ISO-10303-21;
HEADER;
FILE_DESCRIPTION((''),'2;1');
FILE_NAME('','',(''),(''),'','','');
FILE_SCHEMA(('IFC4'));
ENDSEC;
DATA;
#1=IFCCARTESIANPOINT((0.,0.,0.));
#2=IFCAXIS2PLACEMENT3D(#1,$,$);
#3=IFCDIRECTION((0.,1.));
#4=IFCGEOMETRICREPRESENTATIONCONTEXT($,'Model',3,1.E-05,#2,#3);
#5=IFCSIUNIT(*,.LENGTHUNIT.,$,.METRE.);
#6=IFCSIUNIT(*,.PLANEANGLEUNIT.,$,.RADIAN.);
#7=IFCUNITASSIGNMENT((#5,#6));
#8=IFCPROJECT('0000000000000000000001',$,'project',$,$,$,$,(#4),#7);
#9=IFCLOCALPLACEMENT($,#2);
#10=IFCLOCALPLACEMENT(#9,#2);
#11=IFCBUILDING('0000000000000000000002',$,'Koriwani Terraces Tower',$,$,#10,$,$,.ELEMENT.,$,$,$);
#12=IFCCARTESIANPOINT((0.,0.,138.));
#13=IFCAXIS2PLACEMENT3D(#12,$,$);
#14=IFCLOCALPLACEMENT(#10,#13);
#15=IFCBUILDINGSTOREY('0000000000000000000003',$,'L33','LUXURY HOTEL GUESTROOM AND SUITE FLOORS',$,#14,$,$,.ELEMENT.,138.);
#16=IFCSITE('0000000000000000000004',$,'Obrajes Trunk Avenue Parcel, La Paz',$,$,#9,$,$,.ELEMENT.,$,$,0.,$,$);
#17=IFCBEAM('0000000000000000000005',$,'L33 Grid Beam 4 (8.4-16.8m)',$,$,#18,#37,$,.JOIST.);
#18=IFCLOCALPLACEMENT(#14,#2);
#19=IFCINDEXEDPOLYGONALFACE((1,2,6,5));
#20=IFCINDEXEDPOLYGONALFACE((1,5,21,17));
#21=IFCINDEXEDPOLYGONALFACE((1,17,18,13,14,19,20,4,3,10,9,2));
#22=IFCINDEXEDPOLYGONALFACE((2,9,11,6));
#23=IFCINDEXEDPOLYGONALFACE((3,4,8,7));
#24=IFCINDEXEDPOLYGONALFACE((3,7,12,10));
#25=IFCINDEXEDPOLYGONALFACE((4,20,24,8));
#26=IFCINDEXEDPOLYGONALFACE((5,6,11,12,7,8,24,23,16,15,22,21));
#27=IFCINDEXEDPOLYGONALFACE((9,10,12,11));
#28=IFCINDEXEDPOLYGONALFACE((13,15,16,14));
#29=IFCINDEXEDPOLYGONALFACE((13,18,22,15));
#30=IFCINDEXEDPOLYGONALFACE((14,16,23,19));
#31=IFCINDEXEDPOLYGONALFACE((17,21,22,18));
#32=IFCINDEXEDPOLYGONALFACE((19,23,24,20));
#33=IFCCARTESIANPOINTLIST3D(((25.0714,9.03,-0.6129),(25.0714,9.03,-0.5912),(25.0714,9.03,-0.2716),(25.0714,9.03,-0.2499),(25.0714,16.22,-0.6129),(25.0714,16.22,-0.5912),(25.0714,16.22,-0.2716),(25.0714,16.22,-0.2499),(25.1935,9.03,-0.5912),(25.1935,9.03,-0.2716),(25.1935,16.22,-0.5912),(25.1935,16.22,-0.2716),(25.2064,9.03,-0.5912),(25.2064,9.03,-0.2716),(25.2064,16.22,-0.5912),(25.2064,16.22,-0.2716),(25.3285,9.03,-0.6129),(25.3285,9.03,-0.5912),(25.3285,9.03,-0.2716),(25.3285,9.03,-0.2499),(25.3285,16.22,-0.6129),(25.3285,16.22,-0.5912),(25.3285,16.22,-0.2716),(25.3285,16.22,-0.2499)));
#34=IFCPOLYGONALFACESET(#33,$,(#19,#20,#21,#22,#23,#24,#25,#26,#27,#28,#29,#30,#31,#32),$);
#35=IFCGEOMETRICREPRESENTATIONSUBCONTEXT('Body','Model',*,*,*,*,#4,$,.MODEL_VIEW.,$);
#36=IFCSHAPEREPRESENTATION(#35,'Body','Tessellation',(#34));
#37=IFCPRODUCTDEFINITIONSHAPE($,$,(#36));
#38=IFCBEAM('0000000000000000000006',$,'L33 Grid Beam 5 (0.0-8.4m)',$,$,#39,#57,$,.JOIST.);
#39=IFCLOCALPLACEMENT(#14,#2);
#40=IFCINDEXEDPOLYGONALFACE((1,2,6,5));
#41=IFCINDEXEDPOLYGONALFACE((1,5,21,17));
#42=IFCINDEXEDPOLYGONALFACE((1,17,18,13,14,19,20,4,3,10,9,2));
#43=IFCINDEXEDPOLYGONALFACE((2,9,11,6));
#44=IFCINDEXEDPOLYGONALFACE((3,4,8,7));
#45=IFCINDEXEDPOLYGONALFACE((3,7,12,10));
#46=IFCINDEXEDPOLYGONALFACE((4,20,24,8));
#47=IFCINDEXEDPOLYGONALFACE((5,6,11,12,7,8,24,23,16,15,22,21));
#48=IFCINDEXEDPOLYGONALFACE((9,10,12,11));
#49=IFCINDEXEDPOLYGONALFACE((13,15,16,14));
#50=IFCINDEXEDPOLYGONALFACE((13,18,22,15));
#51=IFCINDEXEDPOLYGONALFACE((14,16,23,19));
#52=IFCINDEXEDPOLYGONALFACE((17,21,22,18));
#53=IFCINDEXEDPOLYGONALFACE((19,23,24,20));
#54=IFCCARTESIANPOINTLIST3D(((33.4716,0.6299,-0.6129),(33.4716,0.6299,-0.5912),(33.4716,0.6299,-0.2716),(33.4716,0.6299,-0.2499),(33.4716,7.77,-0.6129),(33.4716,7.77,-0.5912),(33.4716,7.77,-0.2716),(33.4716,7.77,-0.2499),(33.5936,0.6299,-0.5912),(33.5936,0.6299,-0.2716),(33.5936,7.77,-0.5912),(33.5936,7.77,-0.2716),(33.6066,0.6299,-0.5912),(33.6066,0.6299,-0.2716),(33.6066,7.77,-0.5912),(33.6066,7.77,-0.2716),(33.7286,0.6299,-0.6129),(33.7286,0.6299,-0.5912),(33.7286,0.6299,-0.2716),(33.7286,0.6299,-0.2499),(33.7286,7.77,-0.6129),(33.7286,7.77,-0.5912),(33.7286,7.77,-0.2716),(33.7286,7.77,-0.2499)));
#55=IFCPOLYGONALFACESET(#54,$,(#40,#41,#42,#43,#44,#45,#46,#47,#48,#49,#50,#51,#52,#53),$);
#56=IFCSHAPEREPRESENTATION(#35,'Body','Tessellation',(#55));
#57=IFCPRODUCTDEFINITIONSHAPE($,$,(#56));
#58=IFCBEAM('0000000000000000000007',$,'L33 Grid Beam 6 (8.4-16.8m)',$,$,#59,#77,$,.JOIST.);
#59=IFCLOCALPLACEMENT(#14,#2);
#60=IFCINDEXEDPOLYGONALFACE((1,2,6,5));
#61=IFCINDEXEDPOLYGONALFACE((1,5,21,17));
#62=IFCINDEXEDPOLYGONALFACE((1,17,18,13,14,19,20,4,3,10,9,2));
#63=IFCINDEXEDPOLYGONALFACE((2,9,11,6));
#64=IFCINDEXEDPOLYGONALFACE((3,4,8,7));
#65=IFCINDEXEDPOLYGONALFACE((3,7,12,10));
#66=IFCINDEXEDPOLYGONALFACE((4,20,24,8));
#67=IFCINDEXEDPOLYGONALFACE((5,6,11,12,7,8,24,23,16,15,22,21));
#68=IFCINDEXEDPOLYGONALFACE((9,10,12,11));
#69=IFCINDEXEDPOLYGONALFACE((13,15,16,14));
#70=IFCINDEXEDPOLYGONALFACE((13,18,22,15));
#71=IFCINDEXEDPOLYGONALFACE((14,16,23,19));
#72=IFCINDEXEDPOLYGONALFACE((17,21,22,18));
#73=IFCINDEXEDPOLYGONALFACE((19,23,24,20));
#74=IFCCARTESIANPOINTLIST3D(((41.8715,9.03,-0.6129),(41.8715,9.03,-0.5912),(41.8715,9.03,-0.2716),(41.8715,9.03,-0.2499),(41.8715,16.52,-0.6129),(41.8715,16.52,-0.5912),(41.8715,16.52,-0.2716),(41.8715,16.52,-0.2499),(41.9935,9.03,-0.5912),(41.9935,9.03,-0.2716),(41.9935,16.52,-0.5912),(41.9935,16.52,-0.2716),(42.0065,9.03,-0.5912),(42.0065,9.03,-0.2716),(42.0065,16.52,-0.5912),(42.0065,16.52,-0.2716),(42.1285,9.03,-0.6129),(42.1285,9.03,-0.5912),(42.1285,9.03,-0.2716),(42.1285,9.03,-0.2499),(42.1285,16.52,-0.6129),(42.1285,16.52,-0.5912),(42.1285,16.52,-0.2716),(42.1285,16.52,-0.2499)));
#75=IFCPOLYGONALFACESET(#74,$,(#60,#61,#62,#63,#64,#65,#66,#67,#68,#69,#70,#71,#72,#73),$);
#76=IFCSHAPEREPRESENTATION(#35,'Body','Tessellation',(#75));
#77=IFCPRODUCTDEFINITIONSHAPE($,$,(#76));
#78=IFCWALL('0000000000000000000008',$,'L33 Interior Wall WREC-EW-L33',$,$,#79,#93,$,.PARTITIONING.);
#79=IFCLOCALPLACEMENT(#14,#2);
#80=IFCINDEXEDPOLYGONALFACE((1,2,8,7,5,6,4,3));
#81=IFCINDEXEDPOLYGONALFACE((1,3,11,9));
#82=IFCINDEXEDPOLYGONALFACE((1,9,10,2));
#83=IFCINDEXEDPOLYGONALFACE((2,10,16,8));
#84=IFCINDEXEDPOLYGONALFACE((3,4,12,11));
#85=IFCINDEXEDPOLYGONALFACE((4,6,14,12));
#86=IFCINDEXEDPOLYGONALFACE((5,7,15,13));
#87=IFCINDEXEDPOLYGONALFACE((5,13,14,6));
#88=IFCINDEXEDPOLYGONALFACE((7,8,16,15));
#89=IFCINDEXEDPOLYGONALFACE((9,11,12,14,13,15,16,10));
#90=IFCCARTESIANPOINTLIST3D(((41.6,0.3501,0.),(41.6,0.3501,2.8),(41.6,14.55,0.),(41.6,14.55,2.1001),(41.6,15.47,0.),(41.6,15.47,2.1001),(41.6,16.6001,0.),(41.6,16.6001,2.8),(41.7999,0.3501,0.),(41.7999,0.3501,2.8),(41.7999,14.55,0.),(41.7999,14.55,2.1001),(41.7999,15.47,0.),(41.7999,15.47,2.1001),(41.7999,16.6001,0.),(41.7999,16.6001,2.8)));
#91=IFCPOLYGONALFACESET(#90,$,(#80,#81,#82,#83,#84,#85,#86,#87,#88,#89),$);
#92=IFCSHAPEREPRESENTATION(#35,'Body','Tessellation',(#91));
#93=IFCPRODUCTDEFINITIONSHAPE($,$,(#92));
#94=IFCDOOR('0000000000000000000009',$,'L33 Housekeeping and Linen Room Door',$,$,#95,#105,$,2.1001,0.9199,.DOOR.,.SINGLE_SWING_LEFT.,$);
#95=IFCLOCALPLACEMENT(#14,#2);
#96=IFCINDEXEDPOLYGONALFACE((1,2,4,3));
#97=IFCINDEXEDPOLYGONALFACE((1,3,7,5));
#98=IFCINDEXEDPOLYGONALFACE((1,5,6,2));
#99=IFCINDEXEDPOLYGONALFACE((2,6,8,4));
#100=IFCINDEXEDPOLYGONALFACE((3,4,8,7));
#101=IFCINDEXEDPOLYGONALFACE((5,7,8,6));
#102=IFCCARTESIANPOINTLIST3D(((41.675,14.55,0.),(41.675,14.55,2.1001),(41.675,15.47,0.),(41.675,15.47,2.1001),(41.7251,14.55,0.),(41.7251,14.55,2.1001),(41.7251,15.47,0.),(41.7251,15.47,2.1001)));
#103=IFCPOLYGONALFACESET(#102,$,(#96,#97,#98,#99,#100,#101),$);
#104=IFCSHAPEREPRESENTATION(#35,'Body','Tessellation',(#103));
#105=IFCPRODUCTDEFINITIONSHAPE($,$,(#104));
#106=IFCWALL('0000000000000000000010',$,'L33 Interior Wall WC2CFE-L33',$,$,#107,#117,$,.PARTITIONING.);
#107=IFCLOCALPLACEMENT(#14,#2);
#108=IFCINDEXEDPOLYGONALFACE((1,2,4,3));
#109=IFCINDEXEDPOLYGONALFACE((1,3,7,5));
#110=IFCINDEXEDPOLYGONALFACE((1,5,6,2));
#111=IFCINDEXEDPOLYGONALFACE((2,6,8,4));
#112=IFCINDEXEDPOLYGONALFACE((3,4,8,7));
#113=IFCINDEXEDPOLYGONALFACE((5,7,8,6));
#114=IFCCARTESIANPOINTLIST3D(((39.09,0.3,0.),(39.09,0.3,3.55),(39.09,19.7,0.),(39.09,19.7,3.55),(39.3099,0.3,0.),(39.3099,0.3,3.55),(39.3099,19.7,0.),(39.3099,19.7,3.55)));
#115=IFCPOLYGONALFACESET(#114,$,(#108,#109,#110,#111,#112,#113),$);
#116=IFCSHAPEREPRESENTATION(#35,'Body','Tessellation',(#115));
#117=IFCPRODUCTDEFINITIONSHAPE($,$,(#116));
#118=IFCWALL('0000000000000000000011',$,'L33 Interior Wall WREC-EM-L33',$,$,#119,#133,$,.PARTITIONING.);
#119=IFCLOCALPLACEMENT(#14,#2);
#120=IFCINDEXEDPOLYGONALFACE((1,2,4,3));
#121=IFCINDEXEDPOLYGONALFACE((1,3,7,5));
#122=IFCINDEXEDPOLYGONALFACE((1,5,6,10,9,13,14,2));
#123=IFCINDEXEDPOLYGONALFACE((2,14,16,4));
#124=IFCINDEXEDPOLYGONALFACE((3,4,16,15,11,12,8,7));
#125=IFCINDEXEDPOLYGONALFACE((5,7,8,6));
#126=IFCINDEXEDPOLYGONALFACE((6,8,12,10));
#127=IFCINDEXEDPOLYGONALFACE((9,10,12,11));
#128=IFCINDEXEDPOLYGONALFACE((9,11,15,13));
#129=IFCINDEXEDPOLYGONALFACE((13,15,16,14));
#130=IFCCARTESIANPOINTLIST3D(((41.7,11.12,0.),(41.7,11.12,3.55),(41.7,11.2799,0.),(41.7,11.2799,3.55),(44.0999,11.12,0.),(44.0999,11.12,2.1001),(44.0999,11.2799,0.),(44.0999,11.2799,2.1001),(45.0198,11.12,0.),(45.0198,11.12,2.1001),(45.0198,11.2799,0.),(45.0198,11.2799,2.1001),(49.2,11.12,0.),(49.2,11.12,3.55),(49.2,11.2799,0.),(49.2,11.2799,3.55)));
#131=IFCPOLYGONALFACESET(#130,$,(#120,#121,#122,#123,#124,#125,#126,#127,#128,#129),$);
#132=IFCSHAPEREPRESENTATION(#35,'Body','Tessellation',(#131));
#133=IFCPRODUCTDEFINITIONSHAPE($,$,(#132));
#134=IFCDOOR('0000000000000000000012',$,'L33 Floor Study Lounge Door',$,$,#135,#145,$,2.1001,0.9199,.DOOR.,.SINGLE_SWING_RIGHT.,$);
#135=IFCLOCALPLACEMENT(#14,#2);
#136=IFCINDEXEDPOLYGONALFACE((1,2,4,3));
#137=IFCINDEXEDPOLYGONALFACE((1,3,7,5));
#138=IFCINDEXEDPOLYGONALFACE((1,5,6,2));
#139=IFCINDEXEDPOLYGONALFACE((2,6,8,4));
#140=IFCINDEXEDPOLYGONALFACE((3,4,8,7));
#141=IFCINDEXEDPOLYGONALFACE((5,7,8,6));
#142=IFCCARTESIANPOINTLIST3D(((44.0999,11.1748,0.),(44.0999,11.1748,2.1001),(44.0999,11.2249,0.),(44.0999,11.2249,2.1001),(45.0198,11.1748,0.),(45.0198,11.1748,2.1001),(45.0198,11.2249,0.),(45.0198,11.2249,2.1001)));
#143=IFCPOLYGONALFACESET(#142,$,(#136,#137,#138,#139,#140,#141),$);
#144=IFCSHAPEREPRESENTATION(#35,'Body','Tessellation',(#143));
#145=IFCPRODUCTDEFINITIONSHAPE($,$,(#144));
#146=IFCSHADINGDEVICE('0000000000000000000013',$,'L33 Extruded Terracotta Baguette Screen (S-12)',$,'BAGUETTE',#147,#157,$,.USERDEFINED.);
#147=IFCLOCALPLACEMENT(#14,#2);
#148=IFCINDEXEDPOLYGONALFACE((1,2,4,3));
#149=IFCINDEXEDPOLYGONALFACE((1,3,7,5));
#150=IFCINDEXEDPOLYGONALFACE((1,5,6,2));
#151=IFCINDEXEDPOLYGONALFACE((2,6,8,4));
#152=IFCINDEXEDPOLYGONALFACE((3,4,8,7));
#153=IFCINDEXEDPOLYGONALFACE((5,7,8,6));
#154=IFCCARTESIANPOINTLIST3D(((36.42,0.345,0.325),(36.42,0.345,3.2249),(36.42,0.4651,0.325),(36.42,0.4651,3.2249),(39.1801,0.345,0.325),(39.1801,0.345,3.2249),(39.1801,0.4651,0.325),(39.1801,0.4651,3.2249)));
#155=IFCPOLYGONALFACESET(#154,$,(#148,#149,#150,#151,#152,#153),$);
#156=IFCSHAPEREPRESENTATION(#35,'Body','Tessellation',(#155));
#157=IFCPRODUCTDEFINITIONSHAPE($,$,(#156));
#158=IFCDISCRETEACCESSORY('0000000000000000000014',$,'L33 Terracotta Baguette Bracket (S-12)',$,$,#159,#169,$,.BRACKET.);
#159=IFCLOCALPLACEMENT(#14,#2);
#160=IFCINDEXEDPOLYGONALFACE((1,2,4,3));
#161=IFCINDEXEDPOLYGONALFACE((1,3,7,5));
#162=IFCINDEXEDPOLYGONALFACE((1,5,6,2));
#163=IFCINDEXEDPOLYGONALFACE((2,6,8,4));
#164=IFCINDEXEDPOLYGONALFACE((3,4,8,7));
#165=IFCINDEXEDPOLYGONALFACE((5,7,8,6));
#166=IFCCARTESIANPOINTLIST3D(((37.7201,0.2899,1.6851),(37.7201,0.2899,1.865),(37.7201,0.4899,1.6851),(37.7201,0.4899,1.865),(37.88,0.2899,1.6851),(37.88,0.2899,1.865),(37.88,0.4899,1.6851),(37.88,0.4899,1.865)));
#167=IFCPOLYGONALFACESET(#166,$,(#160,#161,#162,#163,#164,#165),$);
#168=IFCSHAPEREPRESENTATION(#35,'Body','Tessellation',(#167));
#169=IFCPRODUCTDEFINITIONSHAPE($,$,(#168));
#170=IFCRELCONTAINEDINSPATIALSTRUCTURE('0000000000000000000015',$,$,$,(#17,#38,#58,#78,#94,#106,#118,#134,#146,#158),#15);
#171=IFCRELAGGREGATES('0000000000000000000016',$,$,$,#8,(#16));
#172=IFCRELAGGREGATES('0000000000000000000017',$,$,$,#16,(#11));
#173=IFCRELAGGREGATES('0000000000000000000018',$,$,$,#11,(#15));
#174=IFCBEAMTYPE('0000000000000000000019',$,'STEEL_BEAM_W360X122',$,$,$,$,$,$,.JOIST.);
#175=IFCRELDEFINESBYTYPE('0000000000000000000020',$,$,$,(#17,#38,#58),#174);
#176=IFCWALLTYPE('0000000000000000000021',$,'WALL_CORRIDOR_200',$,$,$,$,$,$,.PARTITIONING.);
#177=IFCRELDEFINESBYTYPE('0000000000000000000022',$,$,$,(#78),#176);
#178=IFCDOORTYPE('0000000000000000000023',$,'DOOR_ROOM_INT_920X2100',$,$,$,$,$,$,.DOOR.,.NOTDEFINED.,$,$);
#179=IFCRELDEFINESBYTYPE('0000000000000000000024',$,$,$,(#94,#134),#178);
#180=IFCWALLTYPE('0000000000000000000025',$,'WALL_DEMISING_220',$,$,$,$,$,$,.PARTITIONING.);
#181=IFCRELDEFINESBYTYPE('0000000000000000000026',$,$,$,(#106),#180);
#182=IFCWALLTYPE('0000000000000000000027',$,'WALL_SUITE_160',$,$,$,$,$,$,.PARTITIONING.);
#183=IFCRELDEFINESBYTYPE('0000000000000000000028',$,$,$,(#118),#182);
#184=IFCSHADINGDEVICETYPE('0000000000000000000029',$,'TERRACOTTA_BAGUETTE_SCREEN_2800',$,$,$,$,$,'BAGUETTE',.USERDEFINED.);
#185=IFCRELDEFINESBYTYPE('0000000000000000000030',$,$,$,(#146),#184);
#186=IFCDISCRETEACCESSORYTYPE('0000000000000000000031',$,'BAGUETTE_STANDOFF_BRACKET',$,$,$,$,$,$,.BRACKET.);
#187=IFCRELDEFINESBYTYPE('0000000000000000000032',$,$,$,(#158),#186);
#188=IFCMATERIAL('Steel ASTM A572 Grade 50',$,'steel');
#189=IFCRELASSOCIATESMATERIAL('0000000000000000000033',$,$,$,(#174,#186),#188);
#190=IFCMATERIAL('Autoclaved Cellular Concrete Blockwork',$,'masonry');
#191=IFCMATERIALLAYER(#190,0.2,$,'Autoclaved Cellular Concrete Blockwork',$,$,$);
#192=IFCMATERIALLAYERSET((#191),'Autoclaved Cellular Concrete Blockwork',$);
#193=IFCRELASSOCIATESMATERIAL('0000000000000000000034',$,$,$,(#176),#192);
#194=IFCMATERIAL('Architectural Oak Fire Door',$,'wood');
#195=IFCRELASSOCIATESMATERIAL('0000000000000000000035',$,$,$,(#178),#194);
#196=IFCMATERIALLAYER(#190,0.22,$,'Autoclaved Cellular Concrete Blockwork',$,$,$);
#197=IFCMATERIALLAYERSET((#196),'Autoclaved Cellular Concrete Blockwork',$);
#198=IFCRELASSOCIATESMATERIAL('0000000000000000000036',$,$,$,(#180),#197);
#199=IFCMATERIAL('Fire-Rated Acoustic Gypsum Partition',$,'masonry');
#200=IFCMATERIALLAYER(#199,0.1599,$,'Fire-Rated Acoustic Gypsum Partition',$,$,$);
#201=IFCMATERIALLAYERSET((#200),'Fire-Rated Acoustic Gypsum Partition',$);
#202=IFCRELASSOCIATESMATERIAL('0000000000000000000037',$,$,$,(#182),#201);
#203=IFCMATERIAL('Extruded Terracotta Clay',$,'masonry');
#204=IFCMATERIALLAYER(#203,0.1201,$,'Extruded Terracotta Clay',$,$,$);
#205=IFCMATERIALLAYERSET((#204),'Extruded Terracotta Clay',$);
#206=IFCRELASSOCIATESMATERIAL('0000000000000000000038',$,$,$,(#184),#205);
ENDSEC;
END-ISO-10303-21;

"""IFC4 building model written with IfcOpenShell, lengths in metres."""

from ifc_helpers import new_model, si_unit, direction, frame, frame_2d, origin, origin_2d, place, context, subcontext, project, spatial, rectangle, i_section, extrude, material, layer, layer_set, material_profile, profile_set, type_object, element, fill, save


model = new_model("IFC4")

# Units and contexts
model_context = context("Model", 3, precision=1e-05, world=origin(), true_north=direction((0.0, 1.0)))
body_context = subcontext(model_context, "Body", "Model", "MODEL_VIEW")
ifc_project = project(units=[si_unit("LENGTHUNIT", "METRE"), si_unit("PLANEANGLEUNIT", "RADIAN")], contexts=[model_context])

# Site, building, storey
site_placement = place(None, origin())
site = spatial("IfcSite", under=ifc_project, at=site_placement, Name="Obrajes Trunk Avenue Parcel, La Paz", CompositionType="ELEMENT", RefElevation=0.0)
building_placement = place(site_placement, origin())
building = spatial("IfcBuilding", under=site, at=building_placement, Name="Koriwani Terraces Tower", CompositionType="ELEMENT")
storey_placement = place(building_placement, frame((0.0, 0.0, 138.0)))
storey = spatial("IfcBuildingStorey", under=building, at=storey_placement, Name="L33", Description="LUXURY HOTEL GUESTROOM AND SUITE FLOORS", CompositionType="ELEMENT", Elevation=138.0)

# Beams
ifc_material_1 = material(Name="Steel ASTM A572 Grade 50", Category="steel")
ifc_material_profile_1 = material_profile(ifc_material_1, i_section(OverallWidth=0.2571, OverallDepth=0.363, WebThickness=0.0129, FlangeThickness=0.0217, at=origin_2d()), Name="Steel ASTM A572 Grade 50", Category="LoadBearing")
ifc_profile_set_1 = profile_set([ifc_material_profile_1], Name="Steel ASTM A572 Grade 50")
beam_type_1 = type_object("IfcBeamType", Name="STEEL_BEAM_W360X122", PredefinedType="JOIST", material=ifc_profile_set_1)
beam_1_placement = place(storey_placement, frame((25.2, 9.03, -0.4314), z_axis=(0.0, 1.0, 0.0), x_axis=(-1.0, 0.0, 0.0)))
element("IfcBeam", 1, at=beam_1_placement, inside=storey, type_object=beam_type_1, Name="L33 Grid Beam 4 (8.4-16.8m)", PredefinedType="JOIST", context=body_context, shape_type="SweptSolid", body=[
    extrude(i_section(OverallWidth=0.2571, OverallDepth=0.363, WebThickness=0.0129, FlangeThickness=0.0217, at=origin_2d()), origin(), (0.0, 0.0, 1.0), 7.1899),
])
beam_2_placement = place(storey_placement, frame((33.6001, 0.6299, -0.4314), z_axis=(0.0, 1.0, 0.0), x_axis=(-1.0, 0.0, 0.0)))
element("IfcBeam", 2, at=beam_2_placement, inside=storey, type_object=beam_type_1, Name="L33 Grid Beam 5 (0.0-8.4m)", PredefinedType="JOIST", context=body_context, shape_type="SweptSolid", body=[
    extrude(i_section(OverallWidth=0.2571, OverallDepth=0.363, WebThickness=0.0129, FlangeThickness=0.0217, at=origin_2d()), origin(), (0.0, 0.0, 1.0), 7.1401),
])
beam_3_placement = place(storey_placement, frame((42.0, 9.03, -0.4314), z_axis=(0.0, 1.0, 0.0), x_axis=(-1.0, 0.0, 0.0)))
element("IfcBeam", 3, at=beam_3_placement, inside=storey, type_object=beam_type_1, Name="L33 Grid Beam 6 (8.4-16.8m)", PredefinedType="JOIST", context=body_context, shape_type="SweptSolid", body=[
    extrude(i_section(OverallWidth=0.2571, OverallDepth=0.363, WebThickness=0.0129, FlangeThickness=0.0217, at=origin_2d()), origin(), (0.0, 0.0, 1.0), 7.49),
])

# Wall, opening, door
ifc_material_2 = material(Name="Autoclaved Cellular Concrete Blockwork", Category="masonry")
ifc_layer_1 = layer(ifc_material_2, 0.2, Name="Autoclaved Cellular Concrete Blockwork")
ifc_layer_set_1 = layer_set([ifc_layer_1], Name="Autoclaved Cellular Concrete Blockwork")
wall_type_1 = type_object("IfcWallType", Name="WALL_CORRIDOR_200", PredefinedType="PARTITIONING", material=ifc_layer_set_1)
wall_1_placement = place(storey_placement, frame((41.7, 0.3501, 0.0), z_axis=(0.0, 0.0, 1.0), x_axis=(0.0, 1.0, 0.0)))
wall_1 = element("IfcWall", 4, at=wall_1_placement, inside=storey, type_object=wall_type_1, Name="L33 Interior Wall WREC-EW-L33", PredefinedType="PARTITIONING", context=body_context, shape_type="SweptSolid", body=[
    extrude(rectangle(XDim=16.25, YDim=0.2, at=frame_2d((8.125, 0.0))), origin(), (0.0, 0.0, 1.0), 2.8),
])
opening_1_placement = place(wall_1_placement, frame((14.2, 0.0, 0.0)))
opening_1 = element("IfcOpeningElement", 5, at=opening_1_placement, cuts=wall_1, PredefinedType="OPENING", context=body_context, shape_type="SweptSolid", body=[
    extrude(rectangle(XDim=0.9199, YDim=2.1001, at=frame_2d((0.46, 1.05))), frame((0.0, 0.1099, 0.0), z_axis=(0.0, -1.0, 0.0), x_axis=(1.0, 0.0, 0.0)), (0.0, 0.0, 1.0), 0.22),
])
ifc_material_3 = material(Name="Architectural Oak Fire Door", Category="wood")
door_type = type_object("IfcDoorType", Name="DOOR_ROOM_INT_920X2100", OperationType="NOTDEFINED", PredefinedType="DOOR", material=ifc_material_3)
door_1_placement = place(opening_1_placement, origin())
door_1 = element("IfcDoor", 6, at=door_1_placement, inside=storey, type_object=door_type, Name="L33 Housekeeping and Linen Room Door", OperationType="SINGLE_SWING_LEFT", OverallHeight=2.1001, OverallWidth=0.9199, PredefinedType="DOOR", context=body_context, shape_type="SweptSolid", body=[
    extrude(rectangle(XDim=0.9199, YDim=2.1001, at=frame_2d((0.46, 1.05))), frame((0.0, 0.0249, 0.0), z_axis=(0.0, -1.0, 0.0), x_axis=(1.0, 0.0, 0.0)), (0.0, 0.0, 1.0), 0.05),
])
fill(opening_1, door_1)

# Wall
ifc_layer_2 = layer(ifc_material_2, 0.22, Name="Autoclaved Cellular Concrete Blockwork")
ifc_layer_set_2 = layer_set([ifc_layer_2], Name="Autoclaved Cellular Concrete Blockwork")
wall_type_2 = type_object("IfcWallType", Name="WALL_DEMISING_220", PredefinedType="PARTITIONING", material=ifc_layer_set_2)
wall_2_placement = place(storey_placement, frame((39.2, 0.3, 0.0), z_axis=(0.0, 0.0, 1.0), x_axis=(0.0, 1.0, 0.0)))
element("IfcWall", 7, at=wall_2_placement, inside=storey, type_object=wall_type_2, Name="L33 Interior Wall WC2CFE-L33", PredefinedType="PARTITIONING", context=body_context, shape_type="SweptSolid", body=[
    extrude(rectangle(XDim=19.3999, YDim=0.22, at=frame_2d((9.7, 0.0))), origin(), (0.0, 0.0, 1.0), 3.55),
])

# Wall, opening, door
ifc_material_4 = material(Name="Fire-Rated Acoustic Gypsum Partition", Category="masonry")
ifc_layer_3 = layer(ifc_material_4, 0.1599, Name="Fire-Rated Acoustic Gypsum Partition")
ifc_layer_set_3 = layer_set([ifc_layer_3], Name="Fire-Rated Acoustic Gypsum Partition")
wall_type_3 = type_object("IfcWallType", Name="WALL_SUITE_160", PredefinedType="PARTITIONING", material=ifc_layer_set_3)
wall_3_placement = place(storey_placement, frame((41.7, 11.2, 0.0), z_axis=(0.0, 0.0, 1.0), x_axis=(1.0, 0.0, 0.0)))
wall_3 = element("IfcWall", 8, at=wall_3_placement, inside=storey, type_object=wall_type_3, Name="L33 Interior Wall WREC-EM-L33", PredefinedType="PARTITIONING", context=body_context, shape_type="SweptSolid", body=[
    extrude(rectangle(XDim=7.5, YDim=0.1599, at=frame_2d((3.75, 0.0))), origin(), (0.0, 0.0, 1.0), 3.55),
])
opening_2_placement = place(wall_3_placement, frame((2.3999, 0.0, 0.0)))
opening_2 = element("IfcOpeningElement", 9, at=opening_2_placement, cuts=wall_3, PredefinedType="OPENING", context=body_context, shape_type="SweptSolid", body=[
    extrude(rectangle(XDim=0.9199, YDim=2.1001, at=frame_2d((0.46, 1.05))), frame((0.0, 0.0898, 0.0), z_axis=(0.0, -1.0, 0.0), x_axis=(1.0, 0.0, 0.0)), (0.0, 0.0, 1.0), 0.1799),
])
door_2_placement = place(opening_2_placement, origin())
door_2 = element("IfcDoor", 10, at=door_2_placement, inside=storey, type_object=door_type, Name="L33 Floor Study Lounge Door", OperationType="SINGLE_SWING_RIGHT", OverallHeight=2.1001, OverallWidth=0.9199, PredefinedType="DOOR", context=body_context, shape_type="SweptSolid", body=[
    extrude(rectangle(XDim=0.9199, YDim=2.1001, at=frame_2d((0.46, 1.05))), frame((0.0, 0.0249, 0.0), z_axis=(0.0, -1.0, 0.0), x_axis=(1.0, 0.0, 0.0)), (0.0, 0.0, 1.0), 0.05),
])
fill(opening_2, door_2)

# Shading device
ifc_material_5 = material(Name="Extruded Terracotta Clay", Category="masonry")
ifc_layer_4 = layer(ifc_material_5, 0.1201, Name="Extruded Terracotta Clay")
ifc_layer_set_4 = layer_set([ifc_layer_4], Name="Extruded Terracotta Clay")
shading_device_type = type_object("IfcShadingDeviceType", Name="TERRACOTTA_BAGUETTE_SCREEN_2800", ElementType="BAGUETTE", PredefinedType="USERDEFINED", material=ifc_layer_set_4)
shading_device_placement = place(storey_placement, frame((37.8, 0.405, 0.325), z_axis=(0.0, 0.0, 1.0), x_axis=(-1.0, 0.0, 0.0)))
element("IfcShadingDevice", 11, at=shading_device_placement, inside=storey, type_object=shading_device_type, Name="L33 Extruded Terracotta Baguette Screen (S-12)", ObjectType="BAGUETTE", PredefinedType="USERDEFINED", context=body_context, shape_type="SweptSolid", body=[
    extrude(rectangle(XDim=2.76, YDim=0.1201, at=origin_2d()), origin(), (0.0, 0.0, 1.0), 2.8999),
])

# Discrete accessory
discrete_accessory_type = type_object("IfcDiscreteAccessoryType", Name="BAGUETTE_STANDOFF_BRACKET", PredefinedType="BRACKET", material=ifc_material_1)
discrete_accessory_placement = place(storey_placement, frame((37.8, 0.3899, 1.6851), z_axis=(0.0, 0.0, 1.0), x_axis=(-1.0, 0.0, 0.0)))
element("IfcDiscreteAccessory", 12, at=discrete_accessory_placement, inside=storey, type_object=discrete_accessory_type, Name="L33 Terracotta Baguette Bracket (S-12)", PredefinedType="BRACKET", context=body_context, shape_type="SweptSolid", body=[
    extrude(rectangle(XDim=0.1599, YDim=0.2, at=origin_2d()), origin(), (0.0, 0.0, 1.0), 0.1799),
])

save(model, "model.ifc")
